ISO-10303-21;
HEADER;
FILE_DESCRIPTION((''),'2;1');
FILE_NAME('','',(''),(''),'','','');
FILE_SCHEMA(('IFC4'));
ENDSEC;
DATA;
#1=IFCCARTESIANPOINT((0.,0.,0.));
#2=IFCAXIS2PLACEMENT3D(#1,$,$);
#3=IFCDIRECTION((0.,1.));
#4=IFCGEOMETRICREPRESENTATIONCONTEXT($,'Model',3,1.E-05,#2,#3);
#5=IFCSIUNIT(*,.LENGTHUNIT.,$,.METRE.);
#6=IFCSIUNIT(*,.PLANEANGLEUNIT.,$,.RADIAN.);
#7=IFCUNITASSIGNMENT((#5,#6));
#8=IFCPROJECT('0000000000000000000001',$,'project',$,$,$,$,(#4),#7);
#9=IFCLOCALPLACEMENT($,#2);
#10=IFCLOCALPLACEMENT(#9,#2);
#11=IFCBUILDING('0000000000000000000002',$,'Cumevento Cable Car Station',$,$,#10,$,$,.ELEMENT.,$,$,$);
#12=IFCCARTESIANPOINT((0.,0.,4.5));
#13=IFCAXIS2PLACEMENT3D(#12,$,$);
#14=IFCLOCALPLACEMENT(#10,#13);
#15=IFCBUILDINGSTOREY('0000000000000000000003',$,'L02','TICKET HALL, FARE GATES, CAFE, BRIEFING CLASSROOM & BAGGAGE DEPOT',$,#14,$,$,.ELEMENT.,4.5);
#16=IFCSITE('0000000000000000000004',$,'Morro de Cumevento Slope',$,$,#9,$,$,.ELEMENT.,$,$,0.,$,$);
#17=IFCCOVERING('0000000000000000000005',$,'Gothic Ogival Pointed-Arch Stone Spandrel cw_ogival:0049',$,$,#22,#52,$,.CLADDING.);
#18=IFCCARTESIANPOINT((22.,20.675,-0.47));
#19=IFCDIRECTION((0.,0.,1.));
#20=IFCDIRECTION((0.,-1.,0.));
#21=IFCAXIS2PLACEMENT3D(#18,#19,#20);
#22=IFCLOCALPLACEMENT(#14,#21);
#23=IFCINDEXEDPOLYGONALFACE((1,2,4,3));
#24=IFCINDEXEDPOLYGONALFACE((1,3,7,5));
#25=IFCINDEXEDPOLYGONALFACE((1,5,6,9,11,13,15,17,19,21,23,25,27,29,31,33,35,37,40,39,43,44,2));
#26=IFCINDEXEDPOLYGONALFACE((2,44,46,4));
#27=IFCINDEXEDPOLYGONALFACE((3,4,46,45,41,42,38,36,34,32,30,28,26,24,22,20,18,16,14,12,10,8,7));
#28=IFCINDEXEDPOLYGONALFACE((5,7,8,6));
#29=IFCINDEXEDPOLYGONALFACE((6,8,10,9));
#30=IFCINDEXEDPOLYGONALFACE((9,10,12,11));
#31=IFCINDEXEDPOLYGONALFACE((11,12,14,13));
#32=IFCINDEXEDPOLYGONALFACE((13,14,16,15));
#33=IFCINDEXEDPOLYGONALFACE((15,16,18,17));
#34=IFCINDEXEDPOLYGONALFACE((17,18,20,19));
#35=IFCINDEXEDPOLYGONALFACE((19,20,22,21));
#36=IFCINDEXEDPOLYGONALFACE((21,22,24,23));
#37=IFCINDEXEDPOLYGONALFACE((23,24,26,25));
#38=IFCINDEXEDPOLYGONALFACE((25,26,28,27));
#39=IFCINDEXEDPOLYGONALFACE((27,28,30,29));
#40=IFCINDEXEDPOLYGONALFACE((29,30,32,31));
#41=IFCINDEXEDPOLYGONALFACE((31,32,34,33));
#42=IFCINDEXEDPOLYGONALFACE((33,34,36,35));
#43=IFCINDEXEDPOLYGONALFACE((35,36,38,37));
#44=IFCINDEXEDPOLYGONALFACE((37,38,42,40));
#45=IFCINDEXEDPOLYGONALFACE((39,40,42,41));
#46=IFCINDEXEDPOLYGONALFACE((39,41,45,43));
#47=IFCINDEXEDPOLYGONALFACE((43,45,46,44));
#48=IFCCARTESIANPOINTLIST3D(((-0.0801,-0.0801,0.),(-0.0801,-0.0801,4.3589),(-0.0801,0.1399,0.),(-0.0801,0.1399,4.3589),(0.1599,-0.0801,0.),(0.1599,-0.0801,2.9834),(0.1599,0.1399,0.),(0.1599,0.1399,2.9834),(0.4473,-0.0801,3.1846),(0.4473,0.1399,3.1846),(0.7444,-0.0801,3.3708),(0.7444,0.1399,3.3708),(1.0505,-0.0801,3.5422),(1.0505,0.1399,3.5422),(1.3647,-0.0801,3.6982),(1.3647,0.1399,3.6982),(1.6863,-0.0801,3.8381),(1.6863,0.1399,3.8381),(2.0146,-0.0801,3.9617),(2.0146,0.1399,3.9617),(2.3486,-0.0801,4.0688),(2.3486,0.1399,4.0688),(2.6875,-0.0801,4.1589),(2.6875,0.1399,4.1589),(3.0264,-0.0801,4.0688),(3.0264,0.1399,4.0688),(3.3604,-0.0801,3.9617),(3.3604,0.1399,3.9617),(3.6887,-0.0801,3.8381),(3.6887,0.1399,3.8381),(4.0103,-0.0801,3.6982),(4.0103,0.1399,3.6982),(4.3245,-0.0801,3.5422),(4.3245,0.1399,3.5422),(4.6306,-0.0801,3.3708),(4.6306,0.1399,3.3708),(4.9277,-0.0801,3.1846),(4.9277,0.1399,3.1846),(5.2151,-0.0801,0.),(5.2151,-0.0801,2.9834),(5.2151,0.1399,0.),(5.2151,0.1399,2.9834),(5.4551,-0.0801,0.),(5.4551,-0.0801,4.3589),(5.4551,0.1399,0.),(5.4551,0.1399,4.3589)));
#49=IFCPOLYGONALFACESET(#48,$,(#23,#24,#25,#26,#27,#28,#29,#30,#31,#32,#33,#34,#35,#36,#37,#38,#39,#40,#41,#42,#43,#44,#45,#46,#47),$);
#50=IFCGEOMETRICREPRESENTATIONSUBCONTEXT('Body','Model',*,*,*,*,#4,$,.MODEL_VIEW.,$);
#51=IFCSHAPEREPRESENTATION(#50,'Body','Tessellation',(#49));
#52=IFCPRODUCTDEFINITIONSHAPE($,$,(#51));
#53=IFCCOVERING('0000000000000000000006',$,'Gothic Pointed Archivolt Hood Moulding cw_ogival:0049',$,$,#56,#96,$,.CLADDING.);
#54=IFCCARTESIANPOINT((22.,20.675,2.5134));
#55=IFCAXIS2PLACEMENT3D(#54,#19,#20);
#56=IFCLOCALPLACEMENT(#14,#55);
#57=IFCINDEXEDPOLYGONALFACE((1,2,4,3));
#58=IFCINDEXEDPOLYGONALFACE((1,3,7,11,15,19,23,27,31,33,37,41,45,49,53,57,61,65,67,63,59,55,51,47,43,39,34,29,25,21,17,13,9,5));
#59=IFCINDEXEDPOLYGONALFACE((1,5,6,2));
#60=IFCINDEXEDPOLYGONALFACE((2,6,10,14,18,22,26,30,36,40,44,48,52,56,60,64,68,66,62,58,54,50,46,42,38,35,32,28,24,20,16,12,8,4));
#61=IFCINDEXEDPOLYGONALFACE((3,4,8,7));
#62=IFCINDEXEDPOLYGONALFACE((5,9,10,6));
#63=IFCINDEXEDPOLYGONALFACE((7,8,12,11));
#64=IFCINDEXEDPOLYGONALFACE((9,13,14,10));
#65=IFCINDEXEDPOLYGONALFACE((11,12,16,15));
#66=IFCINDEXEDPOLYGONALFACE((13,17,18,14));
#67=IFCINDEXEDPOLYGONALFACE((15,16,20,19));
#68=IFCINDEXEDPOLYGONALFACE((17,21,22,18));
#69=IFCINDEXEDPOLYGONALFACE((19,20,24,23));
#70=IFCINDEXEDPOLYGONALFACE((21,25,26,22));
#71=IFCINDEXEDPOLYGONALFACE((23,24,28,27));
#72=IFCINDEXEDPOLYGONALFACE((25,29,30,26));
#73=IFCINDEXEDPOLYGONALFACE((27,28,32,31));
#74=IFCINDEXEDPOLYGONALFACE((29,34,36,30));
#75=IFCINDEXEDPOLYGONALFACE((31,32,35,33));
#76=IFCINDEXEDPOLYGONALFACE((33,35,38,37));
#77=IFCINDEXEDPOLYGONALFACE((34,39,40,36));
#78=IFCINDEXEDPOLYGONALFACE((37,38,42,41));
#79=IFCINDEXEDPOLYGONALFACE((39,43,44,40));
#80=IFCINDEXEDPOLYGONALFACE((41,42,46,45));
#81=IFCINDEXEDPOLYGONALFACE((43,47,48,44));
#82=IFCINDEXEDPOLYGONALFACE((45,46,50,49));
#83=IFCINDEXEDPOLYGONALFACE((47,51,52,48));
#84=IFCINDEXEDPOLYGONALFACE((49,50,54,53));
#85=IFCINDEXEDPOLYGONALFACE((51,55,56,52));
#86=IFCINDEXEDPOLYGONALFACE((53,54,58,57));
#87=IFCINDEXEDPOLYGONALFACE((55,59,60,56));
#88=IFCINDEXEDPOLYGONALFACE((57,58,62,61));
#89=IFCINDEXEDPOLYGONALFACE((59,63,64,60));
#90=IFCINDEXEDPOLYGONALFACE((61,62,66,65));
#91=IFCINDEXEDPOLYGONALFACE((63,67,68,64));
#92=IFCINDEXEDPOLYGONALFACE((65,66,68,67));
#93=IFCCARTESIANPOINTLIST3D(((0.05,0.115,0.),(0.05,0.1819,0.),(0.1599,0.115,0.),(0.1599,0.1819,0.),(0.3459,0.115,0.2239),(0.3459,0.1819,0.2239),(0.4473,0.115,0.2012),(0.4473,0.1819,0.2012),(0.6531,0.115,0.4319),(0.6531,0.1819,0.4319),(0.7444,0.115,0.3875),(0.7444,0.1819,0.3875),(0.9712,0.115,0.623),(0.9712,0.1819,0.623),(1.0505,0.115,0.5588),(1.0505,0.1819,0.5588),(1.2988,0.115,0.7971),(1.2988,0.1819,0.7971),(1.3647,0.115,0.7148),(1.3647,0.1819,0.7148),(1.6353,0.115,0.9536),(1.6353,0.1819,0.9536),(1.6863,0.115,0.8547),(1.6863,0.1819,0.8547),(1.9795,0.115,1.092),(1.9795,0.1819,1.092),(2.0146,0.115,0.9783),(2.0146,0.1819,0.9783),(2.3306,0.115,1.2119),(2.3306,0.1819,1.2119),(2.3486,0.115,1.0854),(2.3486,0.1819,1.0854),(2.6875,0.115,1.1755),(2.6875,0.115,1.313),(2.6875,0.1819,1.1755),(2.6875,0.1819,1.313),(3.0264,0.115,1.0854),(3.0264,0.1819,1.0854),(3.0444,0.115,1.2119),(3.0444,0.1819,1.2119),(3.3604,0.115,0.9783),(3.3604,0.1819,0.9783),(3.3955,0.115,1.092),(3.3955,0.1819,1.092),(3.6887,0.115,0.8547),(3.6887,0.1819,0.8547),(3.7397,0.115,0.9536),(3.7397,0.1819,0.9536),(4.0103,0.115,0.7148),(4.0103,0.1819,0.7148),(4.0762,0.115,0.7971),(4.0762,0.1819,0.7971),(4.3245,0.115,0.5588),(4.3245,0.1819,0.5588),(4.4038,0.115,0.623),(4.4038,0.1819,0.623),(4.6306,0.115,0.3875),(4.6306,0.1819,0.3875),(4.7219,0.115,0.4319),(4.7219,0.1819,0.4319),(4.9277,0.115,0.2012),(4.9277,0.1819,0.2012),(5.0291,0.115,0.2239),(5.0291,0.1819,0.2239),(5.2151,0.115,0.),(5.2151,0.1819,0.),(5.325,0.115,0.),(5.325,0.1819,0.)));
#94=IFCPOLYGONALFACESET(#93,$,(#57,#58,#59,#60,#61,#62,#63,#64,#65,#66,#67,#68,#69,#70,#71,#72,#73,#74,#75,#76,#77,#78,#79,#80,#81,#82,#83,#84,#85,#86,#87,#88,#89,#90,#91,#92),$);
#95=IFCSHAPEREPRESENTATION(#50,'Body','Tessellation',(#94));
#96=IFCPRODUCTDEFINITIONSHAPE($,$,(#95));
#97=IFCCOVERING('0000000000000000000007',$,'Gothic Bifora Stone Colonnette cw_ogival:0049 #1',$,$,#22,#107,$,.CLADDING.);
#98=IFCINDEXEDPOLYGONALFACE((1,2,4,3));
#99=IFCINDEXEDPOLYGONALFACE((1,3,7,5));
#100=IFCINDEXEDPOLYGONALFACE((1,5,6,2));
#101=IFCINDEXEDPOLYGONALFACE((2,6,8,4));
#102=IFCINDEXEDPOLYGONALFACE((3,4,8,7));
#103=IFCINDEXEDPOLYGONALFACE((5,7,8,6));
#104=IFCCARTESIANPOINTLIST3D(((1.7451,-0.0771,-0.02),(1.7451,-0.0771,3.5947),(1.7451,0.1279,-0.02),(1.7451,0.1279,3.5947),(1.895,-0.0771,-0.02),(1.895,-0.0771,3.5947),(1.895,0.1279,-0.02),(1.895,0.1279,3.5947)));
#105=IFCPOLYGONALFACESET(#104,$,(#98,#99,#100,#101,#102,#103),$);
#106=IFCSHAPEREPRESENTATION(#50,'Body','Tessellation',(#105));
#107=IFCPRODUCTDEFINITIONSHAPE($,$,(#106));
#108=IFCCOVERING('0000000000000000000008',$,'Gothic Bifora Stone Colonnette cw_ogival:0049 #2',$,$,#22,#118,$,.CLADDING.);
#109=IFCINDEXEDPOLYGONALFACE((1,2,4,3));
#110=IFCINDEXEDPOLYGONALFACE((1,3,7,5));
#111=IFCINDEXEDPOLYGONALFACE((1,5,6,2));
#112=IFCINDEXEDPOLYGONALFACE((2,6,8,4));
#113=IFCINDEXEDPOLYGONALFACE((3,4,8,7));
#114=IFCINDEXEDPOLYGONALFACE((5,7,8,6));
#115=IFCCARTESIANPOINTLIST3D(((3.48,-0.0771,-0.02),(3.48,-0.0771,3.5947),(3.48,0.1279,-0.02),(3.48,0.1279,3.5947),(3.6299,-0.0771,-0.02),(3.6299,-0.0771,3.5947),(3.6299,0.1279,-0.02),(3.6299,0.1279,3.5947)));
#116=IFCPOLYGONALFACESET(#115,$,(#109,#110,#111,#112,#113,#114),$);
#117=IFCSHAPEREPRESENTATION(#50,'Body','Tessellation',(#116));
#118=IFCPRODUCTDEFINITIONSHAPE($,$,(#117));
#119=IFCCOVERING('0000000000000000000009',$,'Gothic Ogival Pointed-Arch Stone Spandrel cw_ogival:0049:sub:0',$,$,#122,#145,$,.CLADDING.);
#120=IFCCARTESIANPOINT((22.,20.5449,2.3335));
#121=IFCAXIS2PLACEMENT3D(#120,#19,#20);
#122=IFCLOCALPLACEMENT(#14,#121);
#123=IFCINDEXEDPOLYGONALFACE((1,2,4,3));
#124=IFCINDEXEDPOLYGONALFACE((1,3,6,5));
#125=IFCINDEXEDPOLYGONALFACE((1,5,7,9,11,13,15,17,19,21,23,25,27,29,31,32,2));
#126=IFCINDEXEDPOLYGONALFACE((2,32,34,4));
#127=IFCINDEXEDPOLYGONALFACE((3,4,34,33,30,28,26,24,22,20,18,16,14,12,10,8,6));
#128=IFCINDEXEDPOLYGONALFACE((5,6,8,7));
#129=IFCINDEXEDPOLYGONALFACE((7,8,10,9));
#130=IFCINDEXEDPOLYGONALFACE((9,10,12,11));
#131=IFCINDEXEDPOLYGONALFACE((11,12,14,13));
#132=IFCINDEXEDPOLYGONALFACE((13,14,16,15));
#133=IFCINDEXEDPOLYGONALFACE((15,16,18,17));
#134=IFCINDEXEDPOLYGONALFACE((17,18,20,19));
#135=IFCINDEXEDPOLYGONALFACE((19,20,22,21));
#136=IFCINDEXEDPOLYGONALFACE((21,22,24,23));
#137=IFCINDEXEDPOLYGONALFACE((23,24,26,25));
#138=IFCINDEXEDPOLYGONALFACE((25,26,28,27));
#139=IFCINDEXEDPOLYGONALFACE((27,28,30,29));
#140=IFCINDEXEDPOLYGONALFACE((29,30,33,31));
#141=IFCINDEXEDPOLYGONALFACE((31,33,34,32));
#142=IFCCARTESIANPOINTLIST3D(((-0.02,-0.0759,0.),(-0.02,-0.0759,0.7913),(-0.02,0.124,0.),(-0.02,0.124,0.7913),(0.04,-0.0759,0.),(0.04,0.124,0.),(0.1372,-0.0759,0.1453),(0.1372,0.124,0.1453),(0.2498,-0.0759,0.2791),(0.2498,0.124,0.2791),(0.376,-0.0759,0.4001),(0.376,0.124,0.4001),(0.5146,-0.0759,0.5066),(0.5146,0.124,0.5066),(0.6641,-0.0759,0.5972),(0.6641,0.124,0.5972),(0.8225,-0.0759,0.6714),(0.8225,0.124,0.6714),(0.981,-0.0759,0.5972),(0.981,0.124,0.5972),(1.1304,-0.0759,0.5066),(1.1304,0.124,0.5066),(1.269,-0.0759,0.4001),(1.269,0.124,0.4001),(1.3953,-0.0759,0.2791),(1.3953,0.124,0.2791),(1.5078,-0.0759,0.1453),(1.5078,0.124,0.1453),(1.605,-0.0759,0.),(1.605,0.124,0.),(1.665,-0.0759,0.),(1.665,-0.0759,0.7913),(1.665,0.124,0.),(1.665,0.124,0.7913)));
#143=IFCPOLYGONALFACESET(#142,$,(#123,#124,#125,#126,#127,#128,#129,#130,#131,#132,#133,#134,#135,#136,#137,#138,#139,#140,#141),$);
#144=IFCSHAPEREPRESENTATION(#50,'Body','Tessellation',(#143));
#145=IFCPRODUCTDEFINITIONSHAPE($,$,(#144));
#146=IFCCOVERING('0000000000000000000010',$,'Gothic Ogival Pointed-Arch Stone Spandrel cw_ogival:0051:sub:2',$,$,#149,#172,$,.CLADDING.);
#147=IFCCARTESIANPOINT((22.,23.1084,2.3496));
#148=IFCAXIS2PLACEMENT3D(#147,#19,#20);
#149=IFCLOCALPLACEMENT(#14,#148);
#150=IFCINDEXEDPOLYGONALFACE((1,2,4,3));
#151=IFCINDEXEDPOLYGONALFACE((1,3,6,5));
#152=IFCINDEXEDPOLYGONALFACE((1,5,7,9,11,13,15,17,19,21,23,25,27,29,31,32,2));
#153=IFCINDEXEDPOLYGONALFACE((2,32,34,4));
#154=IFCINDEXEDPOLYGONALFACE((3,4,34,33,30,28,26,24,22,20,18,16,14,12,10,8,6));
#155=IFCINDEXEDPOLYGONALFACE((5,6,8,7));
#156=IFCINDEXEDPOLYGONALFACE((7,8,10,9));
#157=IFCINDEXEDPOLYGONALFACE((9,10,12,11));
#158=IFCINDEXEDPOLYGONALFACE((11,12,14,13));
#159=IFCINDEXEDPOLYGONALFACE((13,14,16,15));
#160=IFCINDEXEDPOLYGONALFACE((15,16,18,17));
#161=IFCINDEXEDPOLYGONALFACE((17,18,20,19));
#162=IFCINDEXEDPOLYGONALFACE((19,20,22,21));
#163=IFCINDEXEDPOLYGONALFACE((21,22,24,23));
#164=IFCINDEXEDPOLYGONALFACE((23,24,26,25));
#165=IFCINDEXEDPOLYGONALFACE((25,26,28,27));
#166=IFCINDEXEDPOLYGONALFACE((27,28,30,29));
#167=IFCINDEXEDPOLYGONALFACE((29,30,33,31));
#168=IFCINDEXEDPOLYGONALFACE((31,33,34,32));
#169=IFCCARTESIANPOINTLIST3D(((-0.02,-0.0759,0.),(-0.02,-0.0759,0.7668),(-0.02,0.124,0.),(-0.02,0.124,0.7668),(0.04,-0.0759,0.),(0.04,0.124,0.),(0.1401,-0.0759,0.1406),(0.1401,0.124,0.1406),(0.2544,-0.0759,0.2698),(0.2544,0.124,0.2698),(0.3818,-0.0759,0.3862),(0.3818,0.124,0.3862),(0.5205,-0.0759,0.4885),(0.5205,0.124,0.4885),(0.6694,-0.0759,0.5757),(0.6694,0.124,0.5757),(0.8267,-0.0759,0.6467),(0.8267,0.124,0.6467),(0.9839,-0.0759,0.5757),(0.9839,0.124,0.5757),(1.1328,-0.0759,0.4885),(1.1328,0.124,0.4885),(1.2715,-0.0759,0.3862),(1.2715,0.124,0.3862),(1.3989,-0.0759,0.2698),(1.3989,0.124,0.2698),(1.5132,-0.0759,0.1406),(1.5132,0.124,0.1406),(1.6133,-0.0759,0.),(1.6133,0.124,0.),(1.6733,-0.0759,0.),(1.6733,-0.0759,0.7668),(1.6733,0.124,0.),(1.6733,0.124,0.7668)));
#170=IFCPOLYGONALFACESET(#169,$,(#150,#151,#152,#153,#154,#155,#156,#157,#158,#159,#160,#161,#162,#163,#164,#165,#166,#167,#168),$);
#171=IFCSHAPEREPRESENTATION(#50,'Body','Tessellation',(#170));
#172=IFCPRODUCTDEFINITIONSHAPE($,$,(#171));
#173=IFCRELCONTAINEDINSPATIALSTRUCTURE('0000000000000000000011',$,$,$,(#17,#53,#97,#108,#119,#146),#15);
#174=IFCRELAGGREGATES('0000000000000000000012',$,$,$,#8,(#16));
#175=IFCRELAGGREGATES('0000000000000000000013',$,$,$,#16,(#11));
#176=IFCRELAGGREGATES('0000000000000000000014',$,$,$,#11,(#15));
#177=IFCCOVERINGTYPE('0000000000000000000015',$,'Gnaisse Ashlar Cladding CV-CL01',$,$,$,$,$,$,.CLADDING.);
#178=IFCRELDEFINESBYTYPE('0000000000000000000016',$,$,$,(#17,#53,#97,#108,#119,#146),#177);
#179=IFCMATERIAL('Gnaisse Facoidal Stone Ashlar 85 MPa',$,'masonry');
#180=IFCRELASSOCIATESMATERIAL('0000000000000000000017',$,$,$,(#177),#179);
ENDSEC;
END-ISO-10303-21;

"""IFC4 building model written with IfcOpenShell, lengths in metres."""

from ifc_helpers import new_model, si_unit, direction, frame, origin, place, context, subcontext, project, spatial, polyline, outline, extrude, material, type_object, element, save


model = new_model("IFC4")

# Units and contexts
model_context = context("Model", 3, precision=1e-05, world=origin(), true_north=direction((0.0, 1.0)))
body_context = subcontext(model_context, "Body", "Model", "MODEL_VIEW")
ifc_project = project(units=[si_unit("LENGTHUNIT", "METRE"), si_unit("PLANEANGLEUNIT", "RADIAN")], contexts=[model_context])

# Site, building, storey
site_placement = place(None, origin())
site = spatial("IfcSite", under=ifc_project, at=site_placement, Name="Morro de Cumevento Slope", CompositionType="ELEMENT", RefElevation=0.0)
building_placement = place(site_placement, origin())
building = spatial("IfcBuilding", under=site, at=building_placement, Name="Cumevento Cable Car Station", CompositionType="ELEMENT")
storey_placement = place(building_placement, frame((0.0, 0.0, 4.5)))
storey = spatial("IfcBuildingStorey", under=building, at=storey_placement, Name="L02", Description="TICKET HALL, FARE GATES, CAFE, BRIEFING CLASSROOM & BAGGAGE DEPOT", CompositionType="ELEMENT", Elevation=4.5)

# Coverings
ifc_material_1 = material(Name="Gnaisse Facoidal Stone Ashlar 85 MPa", Category="masonry")
covering_type = type_object("IfcCoveringType", Name="Gnaisse Ashlar Cladding CV-CL01", PredefinedType="CLADDING", material=ifc_material_1)
placement = place(storey_placement, frame((22.0, 20.675, -0.47), z_axis=(0.0, 0.0, 1.0), x_axis=(0.0, -1.0, 0.0)))
element("IfcCovering", 1, at=placement, inside=storey, type_object=covering_type, Name="Gothic Ogival Pointed-Arch Stone Spandrel cw_ogival:0049", PredefinedType="CLADDING", context=body_context, shape_type="SweptSolid", body=[
    extrude(outline(polyline([(-0.0801, 0.0), (-0.0801, 4.3589), (5.4551, 4.3589), (5.4551, 0.0), (5.2151, 0.0), (5.2151, 2.9834), (4.9277, 3.1846), (4.6306, 3.3708), (4.3245, 3.5422), (4.0103, 3.6982), (3.6887, 3.8381), (3.3604, 3.9617), (3.0264, 4.0688), (2.6875, 4.1589), (2.3486, 4.0688), (2.0146, 3.9617), (1.6863, 3.8381), (1.3647, 3.6982), (1.0505, 3.5422), (0.7444, 3.3708), (0.4473, 3.1846), (0.1599, 2.9834), (0.1599, 0.0), (-0.0801, 0.0)])), frame((0.0, 0.1399, 0.0), z_axis=(0.0, -1.0, 0.0), x_axis=(1.0, 0.0, 0.0)), (0.0, 0.0, 1.0), 0.22),
])
covering_1_placement = place(storey_placement, frame((22.0, 20.675, 2.5134), z_axis=(0.0, 0.0, 1.0), x_axis=(0.0, -1.0, 0.0)))
element("IfcCovering", 2, at=covering_1_placement, inside=storey, type_object=covering_type, Name="Gothic Pointed Archivolt Hood Moulding cw_ogival:0049", PredefinedType="CLADDING", context=body_context, shape_type="SweptSolid", body=[
    extrude(outline(polyline([(0.1599, 0.0), (0.4473, 0.2012), (0.7444, 0.3875), (1.0505, 0.5588), (1.3647, 0.7148), (1.6863, 0.8547), (2.0146, 0.9783), (2.3486, 1.0854), (2.6875, 1.1755), (3.0264, 1.0854), (3.3604, 0.9783), (3.6887, 0.8547), (4.0103, 0.7148), (4.3245, 0.5588), (4.6306, 0.3875), (4.9277, 0.2012), (5.2151, 0.0), (5.325, 0.0), (5.0291, 0.2239), (4.7219, 0.4319), (4.4038, 0.623), (4.0762, 0.7971), (3.7397, 0.9536), (3.3955, 1.092), (3.0444, 1.2119), (2.6875, 1.313), (2.3306, 1.2119), (1.9795, 1.092), (1.6353, 0.9536), (1.2988, 0.7971), (0.9712, 0.623), (0.6531, 0.4319), (0.3459, 0.2239), (0.05, 0.0), (0.1599, 0.0)])), frame((0.0, 0.1819, 0.0), z_axis=(0.0, -1.0, 0.0), x_axis=(1.0, 0.0, 0.0)), (0.0, 0.0, 1.0), 0.0669),
])
element("IfcCovering", 3, at=placement, inside=storey, type_object=covering_type, Name="Gothic Bifora Stone Colonnette cw_ogival:0049 #1", PredefinedType="CLADDING", context=body_context, shape_type="SweptSolid", body=[
    extrude(outline(polyline([(1.7451, -0.02), (1.895, -0.02), (1.895, 3.5947), (1.7451, 3.5947), (1.7451, -0.02)])), frame((0.0, 0.1279, 0.0), z_axis=(0.0, -1.0, 0.0), x_axis=(1.0, 0.0, 0.0)), (0.0, 0.0, 1.0), 0.2051),
])
element("IfcCovering", 4, at=placement, inside=storey, type_object=covering_type, Name="Gothic Bifora Stone Colonnette cw_ogival:0049 #2", PredefinedType="CLADDING", context=body_context, shape_type="SweptSolid", body=[
    extrude(outline(polyline([(3.48, -0.02), (3.6299, -0.02), (3.6299, 3.5947), (3.48, 3.5947), (3.48, -0.02)])), frame((0.0, 0.1279, 0.0), z_axis=(0.0, -1.0, 0.0), x_axis=(1.0, 0.0, 0.0)), (0.0, 0.0, 1.0), 0.2051),
])
covering_2_placement = place(storey_placement, frame((22.0, 20.5449, 2.3335), z_axis=(0.0, 0.0, 1.0), x_axis=(0.0, -1.0, 0.0)))
element("IfcCovering", 5, at=covering_2_placement, inside=storey, type_object=covering_type, Name="Gothic Ogival Pointed-Arch Stone Spandrel cw_ogival:0049:sub:0", PredefinedType="CLADDING", context=body_context, shape_type="SweptSolid", body=[
    extrude(outline(polyline([(-0.02, 0.0), (-0.02, 0.7913), (1.665, 0.7913), (1.665, 0.0), (1.605, 0.0), (1.5078, 0.1453), (1.3953, 0.2791), (1.269, 0.4001), (1.1304, 0.5066), (0.981, 0.5972), (0.8225, 0.6714), (0.6641, 0.5972), (0.5146, 0.5066), (0.376, 0.4001), (0.2498, 0.2791), (0.1372, 0.1453), (0.04, 0.0), (-0.02, 0.0)])), frame((0.0, 0.124, 0.0), z_axis=(0.0, -1.0, 0.0), x_axis=(1.0, 0.0, 0.0)), (0.0, 0.0, 1.0), 0.2),
])
covering_3_placement = place(storey_placement, frame((22.0, 23.1084, 2.3496), z_axis=(0.0, 0.0, 1.0), x_axis=(0.0, -1.0, 0.0)))
element("IfcCovering", 6, at=covering_3_placement, inside=storey, type_object=covering_type, Name="Gothic Ogival Pointed-Arch Stone Spandrel cw_ogival:0051:sub:2", PredefinedType="CLADDING", context=body_context, shape_type="SweptSolid", body=[
    extrude(outline(polyline([(-0.02, 0.0), (-0.02, 0.7668), (1.6733, 0.7668), (1.6733, 0.0), (1.6133, 0.0), (1.5132, 0.1406), (1.3989, 0.2698), (1.2715, 0.3862), (1.1328, 0.4885), (0.9839, 0.5757), (0.8267, 0.6467), (0.6694, 0.5757), (0.5205, 0.4885), (0.3818, 0.3862), (0.2544, 0.2698), (0.1401, 0.1406), (0.04, 0.0), (-0.02, 0.0)])), frame((0.0, 0.124, 0.0), z_axis=(0.0, -1.0, 0.0), x_axis=(1.0, 0.0, 0.0)), (0.0, 0.0, 1.0), 0.2),
])

save(model, "model.ifc")
